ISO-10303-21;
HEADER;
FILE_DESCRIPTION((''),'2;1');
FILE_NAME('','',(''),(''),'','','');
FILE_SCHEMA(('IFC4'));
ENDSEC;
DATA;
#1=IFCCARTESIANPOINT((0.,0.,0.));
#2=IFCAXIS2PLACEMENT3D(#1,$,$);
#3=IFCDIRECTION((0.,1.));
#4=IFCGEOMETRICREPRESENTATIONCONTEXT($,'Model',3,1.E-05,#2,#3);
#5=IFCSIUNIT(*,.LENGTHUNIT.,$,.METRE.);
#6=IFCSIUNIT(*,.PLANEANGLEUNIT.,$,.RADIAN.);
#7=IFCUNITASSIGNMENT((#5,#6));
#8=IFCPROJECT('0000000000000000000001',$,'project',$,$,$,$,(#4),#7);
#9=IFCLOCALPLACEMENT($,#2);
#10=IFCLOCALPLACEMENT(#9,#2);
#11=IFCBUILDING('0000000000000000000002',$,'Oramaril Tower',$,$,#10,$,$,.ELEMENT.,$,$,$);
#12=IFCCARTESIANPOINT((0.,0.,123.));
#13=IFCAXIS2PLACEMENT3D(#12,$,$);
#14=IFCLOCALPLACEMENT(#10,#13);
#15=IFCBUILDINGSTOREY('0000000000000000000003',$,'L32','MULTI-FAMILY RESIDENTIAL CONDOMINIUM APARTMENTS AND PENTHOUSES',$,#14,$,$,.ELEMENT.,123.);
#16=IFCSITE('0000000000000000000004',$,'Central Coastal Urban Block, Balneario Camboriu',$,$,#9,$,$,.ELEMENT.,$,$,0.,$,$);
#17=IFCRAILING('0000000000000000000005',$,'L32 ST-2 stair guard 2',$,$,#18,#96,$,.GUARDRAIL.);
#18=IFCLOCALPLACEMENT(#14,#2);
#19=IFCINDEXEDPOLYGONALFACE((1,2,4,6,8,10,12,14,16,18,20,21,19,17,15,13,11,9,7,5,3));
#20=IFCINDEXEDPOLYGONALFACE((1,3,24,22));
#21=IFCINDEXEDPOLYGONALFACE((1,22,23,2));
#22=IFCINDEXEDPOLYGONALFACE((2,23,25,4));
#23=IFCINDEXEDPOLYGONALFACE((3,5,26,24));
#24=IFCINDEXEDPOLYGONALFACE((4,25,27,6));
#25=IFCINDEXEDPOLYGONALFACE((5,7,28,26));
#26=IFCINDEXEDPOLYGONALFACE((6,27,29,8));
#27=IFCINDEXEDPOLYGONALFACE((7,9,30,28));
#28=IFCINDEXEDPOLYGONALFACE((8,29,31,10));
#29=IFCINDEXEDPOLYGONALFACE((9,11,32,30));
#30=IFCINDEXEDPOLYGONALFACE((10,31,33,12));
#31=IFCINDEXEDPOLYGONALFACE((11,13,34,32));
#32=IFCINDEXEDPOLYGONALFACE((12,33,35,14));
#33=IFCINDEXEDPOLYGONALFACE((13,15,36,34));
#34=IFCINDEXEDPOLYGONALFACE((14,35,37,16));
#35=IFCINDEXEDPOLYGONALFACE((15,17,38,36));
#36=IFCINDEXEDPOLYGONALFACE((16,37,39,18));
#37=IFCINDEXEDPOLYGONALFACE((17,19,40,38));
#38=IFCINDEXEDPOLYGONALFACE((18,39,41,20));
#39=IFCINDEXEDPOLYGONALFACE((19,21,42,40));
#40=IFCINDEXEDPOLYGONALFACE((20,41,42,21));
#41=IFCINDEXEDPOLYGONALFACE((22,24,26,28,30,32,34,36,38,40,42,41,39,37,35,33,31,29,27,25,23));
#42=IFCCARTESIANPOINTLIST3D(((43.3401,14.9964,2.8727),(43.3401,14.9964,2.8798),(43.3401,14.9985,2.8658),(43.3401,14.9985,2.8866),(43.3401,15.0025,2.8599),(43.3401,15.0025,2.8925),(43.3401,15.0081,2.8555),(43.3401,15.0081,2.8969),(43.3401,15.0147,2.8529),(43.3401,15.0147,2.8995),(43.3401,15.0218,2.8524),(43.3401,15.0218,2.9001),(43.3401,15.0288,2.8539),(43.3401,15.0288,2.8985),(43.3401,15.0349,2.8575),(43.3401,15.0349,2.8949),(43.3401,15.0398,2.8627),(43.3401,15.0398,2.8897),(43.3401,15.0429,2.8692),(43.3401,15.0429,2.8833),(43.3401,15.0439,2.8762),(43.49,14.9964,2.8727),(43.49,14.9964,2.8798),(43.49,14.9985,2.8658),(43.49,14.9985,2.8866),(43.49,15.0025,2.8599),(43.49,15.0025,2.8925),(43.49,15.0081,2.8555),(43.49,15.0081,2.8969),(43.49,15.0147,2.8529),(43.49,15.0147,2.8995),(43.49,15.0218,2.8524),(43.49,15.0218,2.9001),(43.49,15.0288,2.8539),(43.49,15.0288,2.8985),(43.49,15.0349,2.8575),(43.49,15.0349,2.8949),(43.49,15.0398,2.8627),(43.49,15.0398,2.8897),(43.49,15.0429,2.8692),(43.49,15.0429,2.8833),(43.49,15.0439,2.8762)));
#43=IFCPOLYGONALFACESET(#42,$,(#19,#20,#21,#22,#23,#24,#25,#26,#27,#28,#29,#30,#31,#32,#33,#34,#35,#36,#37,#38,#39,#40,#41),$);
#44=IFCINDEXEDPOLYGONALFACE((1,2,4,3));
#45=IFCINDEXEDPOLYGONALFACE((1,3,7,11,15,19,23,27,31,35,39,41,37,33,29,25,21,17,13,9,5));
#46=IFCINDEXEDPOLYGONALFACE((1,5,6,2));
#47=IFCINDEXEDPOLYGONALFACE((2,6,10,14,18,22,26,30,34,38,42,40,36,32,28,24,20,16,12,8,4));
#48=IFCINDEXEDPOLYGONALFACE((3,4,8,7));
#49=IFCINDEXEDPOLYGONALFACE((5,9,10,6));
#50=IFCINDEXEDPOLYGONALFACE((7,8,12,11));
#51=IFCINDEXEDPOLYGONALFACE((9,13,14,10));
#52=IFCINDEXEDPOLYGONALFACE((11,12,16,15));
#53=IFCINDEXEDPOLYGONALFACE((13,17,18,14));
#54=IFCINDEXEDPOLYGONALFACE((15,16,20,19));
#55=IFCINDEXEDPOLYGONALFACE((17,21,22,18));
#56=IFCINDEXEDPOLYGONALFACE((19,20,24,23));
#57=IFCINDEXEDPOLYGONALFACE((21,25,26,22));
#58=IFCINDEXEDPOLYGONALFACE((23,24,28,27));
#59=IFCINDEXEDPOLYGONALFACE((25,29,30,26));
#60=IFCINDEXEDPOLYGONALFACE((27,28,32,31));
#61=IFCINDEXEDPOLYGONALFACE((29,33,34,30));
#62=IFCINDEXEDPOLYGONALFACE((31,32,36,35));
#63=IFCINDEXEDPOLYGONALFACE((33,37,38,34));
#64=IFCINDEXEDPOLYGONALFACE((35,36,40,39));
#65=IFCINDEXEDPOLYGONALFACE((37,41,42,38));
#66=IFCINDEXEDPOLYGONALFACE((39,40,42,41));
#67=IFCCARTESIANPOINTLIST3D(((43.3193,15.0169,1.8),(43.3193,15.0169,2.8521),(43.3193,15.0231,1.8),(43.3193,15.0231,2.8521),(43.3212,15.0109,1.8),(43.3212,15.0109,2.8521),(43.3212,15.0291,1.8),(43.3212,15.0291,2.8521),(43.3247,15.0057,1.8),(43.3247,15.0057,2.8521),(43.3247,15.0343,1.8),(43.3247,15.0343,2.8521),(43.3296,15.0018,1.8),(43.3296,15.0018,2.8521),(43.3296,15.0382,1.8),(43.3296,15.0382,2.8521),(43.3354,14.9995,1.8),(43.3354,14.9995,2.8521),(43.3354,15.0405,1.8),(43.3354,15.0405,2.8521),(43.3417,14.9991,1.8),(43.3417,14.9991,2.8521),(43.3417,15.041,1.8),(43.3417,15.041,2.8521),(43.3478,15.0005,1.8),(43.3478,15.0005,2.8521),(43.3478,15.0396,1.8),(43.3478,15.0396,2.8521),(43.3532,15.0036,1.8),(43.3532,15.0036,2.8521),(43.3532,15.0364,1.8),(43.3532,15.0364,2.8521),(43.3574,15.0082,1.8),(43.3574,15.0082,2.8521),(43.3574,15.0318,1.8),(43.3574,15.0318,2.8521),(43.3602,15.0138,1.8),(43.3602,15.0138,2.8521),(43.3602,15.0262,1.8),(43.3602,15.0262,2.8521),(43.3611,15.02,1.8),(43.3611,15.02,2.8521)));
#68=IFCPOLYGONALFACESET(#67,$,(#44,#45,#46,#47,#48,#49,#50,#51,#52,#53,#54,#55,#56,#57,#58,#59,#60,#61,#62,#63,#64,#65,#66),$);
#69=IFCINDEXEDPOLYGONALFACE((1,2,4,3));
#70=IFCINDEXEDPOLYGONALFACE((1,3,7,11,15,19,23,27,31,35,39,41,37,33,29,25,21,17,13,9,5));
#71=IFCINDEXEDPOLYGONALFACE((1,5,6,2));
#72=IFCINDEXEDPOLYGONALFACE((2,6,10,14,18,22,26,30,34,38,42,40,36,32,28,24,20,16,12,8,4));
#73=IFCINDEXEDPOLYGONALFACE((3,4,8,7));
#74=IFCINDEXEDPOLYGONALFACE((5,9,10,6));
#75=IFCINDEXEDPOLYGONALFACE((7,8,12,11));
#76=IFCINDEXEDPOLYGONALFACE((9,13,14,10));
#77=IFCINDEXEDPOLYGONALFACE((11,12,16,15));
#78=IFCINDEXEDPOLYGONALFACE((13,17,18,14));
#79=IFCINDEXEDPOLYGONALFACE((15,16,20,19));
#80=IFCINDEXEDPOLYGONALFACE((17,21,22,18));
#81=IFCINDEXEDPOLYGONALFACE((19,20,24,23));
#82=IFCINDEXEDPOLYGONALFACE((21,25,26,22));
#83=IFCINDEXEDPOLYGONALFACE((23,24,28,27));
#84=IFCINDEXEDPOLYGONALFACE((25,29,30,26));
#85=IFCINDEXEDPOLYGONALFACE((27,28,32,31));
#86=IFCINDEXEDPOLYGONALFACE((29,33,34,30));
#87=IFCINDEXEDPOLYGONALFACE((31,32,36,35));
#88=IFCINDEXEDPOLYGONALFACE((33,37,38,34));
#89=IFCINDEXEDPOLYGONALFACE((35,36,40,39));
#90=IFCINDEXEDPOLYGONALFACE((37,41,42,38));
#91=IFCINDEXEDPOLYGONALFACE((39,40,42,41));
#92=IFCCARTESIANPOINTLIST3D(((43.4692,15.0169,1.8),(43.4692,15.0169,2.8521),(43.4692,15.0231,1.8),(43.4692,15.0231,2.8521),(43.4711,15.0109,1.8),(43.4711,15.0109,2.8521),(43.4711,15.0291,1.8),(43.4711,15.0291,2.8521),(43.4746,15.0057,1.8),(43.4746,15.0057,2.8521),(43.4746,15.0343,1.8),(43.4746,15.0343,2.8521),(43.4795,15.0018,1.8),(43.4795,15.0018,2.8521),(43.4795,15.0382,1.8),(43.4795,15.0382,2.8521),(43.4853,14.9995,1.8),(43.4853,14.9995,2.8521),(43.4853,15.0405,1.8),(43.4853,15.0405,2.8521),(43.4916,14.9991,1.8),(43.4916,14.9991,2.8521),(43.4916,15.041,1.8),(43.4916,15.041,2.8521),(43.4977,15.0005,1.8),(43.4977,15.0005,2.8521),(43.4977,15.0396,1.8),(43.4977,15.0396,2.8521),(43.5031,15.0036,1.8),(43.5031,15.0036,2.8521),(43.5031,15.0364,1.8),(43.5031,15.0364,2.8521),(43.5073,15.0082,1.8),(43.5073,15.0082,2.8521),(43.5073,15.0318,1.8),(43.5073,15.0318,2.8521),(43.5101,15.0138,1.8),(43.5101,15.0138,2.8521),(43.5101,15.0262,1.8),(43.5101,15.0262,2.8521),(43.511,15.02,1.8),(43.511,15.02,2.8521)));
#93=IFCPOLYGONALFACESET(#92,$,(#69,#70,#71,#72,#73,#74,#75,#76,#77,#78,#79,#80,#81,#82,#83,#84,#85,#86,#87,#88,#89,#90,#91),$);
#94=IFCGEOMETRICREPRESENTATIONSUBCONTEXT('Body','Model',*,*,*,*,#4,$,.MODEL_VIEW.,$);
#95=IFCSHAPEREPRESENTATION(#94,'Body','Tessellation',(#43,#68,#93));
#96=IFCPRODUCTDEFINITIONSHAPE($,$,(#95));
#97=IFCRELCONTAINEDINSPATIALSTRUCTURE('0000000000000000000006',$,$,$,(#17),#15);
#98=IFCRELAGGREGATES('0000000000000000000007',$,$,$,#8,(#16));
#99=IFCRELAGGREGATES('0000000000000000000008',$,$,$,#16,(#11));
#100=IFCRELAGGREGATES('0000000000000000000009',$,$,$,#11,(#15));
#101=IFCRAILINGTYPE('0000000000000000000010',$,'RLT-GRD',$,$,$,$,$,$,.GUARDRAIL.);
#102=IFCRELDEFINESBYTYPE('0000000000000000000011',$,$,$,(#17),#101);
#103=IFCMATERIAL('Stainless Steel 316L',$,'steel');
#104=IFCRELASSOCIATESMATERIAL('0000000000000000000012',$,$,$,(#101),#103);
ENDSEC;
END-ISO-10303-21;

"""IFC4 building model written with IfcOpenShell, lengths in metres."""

from ifc_helpers import new_model, si_unit, direction, frame, origin, origin_2d, place, context, subcontext, project, spatial, circle, extrude, material, type_object, element, save


model = new_model("IFC4")

# Units and contexts
model_context = context("Model", 3, precision=1e-05, world=origin(), true_north=direction((0.0, 1.0)))
body_context = subcontext(model_context, "Body", "Model", "MODEL_VIEW")
ifc_project = project(units=[si_unit("LENGTHUNIT", "METRE"), si_unit("PLANEANGLEUNIT", "RADIAN")], contexts=[model_context])

# Site, building, storey
site_placement = place(None, origin())
site = spatial("IfcSite", under=ifc_project, at=site_placement, Name="Central Coastal Urban Block, Balneario Camboriu", CompositionType="ELEMENT", RefElevation=0.0)
building_placement = place(site_placement, origin())
building = spatial("IfcBuilding", under=site, at=building_placement, Name="Oramaril Tower", CompositionType="ELEMENT")
storey_placement = place(building_placement, frame((0.0, 0.0, 123.0)))
storey = spatial("IfcBuildingStorey", under=building, at=storey_placement, Name="L32", Description="MULTI-FAMILY RESIDENTIAL CONDOMINIUM APARTMENTS AND PENTHOUSES", CompositionType="ELEMENT", Elevation=123.0)

# Railing
ifc_material_1 = material(Name="Stainless Steel 316L", Category="steel")
railing_type_1 = type_object("IfcRailingType", Name="RLT-GRD", PredefinedType="GUARDRAIL", material=ifc_material_1)
railing_1_placement = place(storey_placement, frame((43.3401, 15.02, 1.8)))
element("IfcRailing", 1, at=railing_1_placement, inside=storey, type_object=railing_type_1, Name="L32 ST-2 stair guard 2", PredefinedType="GUARDRAIL", context=body_context, shape_type="SweptSolid", body=[
    extrude(circle(Radius=0.0239, at=origin_2d()), frame((0.0, 0.0, 1.0762), z_axis=(1.0, 0.0, 0.0), x_axis=(0.0, 1.0, 0.0)), (0.0, 0.0, 1.0), 0.1499),
    extrude(circle(Radius=0.021, at=origin_2d()), origin(), (0.0, 0.0, 1.0), 1.052),
    extrude(circle(Radius=0.021, at=origin_2d()), frame((0.1499, 0.0, 0.0)), (0.0, 0.0, 1.0), 1.052),
])

save(model, "model.ifc")
